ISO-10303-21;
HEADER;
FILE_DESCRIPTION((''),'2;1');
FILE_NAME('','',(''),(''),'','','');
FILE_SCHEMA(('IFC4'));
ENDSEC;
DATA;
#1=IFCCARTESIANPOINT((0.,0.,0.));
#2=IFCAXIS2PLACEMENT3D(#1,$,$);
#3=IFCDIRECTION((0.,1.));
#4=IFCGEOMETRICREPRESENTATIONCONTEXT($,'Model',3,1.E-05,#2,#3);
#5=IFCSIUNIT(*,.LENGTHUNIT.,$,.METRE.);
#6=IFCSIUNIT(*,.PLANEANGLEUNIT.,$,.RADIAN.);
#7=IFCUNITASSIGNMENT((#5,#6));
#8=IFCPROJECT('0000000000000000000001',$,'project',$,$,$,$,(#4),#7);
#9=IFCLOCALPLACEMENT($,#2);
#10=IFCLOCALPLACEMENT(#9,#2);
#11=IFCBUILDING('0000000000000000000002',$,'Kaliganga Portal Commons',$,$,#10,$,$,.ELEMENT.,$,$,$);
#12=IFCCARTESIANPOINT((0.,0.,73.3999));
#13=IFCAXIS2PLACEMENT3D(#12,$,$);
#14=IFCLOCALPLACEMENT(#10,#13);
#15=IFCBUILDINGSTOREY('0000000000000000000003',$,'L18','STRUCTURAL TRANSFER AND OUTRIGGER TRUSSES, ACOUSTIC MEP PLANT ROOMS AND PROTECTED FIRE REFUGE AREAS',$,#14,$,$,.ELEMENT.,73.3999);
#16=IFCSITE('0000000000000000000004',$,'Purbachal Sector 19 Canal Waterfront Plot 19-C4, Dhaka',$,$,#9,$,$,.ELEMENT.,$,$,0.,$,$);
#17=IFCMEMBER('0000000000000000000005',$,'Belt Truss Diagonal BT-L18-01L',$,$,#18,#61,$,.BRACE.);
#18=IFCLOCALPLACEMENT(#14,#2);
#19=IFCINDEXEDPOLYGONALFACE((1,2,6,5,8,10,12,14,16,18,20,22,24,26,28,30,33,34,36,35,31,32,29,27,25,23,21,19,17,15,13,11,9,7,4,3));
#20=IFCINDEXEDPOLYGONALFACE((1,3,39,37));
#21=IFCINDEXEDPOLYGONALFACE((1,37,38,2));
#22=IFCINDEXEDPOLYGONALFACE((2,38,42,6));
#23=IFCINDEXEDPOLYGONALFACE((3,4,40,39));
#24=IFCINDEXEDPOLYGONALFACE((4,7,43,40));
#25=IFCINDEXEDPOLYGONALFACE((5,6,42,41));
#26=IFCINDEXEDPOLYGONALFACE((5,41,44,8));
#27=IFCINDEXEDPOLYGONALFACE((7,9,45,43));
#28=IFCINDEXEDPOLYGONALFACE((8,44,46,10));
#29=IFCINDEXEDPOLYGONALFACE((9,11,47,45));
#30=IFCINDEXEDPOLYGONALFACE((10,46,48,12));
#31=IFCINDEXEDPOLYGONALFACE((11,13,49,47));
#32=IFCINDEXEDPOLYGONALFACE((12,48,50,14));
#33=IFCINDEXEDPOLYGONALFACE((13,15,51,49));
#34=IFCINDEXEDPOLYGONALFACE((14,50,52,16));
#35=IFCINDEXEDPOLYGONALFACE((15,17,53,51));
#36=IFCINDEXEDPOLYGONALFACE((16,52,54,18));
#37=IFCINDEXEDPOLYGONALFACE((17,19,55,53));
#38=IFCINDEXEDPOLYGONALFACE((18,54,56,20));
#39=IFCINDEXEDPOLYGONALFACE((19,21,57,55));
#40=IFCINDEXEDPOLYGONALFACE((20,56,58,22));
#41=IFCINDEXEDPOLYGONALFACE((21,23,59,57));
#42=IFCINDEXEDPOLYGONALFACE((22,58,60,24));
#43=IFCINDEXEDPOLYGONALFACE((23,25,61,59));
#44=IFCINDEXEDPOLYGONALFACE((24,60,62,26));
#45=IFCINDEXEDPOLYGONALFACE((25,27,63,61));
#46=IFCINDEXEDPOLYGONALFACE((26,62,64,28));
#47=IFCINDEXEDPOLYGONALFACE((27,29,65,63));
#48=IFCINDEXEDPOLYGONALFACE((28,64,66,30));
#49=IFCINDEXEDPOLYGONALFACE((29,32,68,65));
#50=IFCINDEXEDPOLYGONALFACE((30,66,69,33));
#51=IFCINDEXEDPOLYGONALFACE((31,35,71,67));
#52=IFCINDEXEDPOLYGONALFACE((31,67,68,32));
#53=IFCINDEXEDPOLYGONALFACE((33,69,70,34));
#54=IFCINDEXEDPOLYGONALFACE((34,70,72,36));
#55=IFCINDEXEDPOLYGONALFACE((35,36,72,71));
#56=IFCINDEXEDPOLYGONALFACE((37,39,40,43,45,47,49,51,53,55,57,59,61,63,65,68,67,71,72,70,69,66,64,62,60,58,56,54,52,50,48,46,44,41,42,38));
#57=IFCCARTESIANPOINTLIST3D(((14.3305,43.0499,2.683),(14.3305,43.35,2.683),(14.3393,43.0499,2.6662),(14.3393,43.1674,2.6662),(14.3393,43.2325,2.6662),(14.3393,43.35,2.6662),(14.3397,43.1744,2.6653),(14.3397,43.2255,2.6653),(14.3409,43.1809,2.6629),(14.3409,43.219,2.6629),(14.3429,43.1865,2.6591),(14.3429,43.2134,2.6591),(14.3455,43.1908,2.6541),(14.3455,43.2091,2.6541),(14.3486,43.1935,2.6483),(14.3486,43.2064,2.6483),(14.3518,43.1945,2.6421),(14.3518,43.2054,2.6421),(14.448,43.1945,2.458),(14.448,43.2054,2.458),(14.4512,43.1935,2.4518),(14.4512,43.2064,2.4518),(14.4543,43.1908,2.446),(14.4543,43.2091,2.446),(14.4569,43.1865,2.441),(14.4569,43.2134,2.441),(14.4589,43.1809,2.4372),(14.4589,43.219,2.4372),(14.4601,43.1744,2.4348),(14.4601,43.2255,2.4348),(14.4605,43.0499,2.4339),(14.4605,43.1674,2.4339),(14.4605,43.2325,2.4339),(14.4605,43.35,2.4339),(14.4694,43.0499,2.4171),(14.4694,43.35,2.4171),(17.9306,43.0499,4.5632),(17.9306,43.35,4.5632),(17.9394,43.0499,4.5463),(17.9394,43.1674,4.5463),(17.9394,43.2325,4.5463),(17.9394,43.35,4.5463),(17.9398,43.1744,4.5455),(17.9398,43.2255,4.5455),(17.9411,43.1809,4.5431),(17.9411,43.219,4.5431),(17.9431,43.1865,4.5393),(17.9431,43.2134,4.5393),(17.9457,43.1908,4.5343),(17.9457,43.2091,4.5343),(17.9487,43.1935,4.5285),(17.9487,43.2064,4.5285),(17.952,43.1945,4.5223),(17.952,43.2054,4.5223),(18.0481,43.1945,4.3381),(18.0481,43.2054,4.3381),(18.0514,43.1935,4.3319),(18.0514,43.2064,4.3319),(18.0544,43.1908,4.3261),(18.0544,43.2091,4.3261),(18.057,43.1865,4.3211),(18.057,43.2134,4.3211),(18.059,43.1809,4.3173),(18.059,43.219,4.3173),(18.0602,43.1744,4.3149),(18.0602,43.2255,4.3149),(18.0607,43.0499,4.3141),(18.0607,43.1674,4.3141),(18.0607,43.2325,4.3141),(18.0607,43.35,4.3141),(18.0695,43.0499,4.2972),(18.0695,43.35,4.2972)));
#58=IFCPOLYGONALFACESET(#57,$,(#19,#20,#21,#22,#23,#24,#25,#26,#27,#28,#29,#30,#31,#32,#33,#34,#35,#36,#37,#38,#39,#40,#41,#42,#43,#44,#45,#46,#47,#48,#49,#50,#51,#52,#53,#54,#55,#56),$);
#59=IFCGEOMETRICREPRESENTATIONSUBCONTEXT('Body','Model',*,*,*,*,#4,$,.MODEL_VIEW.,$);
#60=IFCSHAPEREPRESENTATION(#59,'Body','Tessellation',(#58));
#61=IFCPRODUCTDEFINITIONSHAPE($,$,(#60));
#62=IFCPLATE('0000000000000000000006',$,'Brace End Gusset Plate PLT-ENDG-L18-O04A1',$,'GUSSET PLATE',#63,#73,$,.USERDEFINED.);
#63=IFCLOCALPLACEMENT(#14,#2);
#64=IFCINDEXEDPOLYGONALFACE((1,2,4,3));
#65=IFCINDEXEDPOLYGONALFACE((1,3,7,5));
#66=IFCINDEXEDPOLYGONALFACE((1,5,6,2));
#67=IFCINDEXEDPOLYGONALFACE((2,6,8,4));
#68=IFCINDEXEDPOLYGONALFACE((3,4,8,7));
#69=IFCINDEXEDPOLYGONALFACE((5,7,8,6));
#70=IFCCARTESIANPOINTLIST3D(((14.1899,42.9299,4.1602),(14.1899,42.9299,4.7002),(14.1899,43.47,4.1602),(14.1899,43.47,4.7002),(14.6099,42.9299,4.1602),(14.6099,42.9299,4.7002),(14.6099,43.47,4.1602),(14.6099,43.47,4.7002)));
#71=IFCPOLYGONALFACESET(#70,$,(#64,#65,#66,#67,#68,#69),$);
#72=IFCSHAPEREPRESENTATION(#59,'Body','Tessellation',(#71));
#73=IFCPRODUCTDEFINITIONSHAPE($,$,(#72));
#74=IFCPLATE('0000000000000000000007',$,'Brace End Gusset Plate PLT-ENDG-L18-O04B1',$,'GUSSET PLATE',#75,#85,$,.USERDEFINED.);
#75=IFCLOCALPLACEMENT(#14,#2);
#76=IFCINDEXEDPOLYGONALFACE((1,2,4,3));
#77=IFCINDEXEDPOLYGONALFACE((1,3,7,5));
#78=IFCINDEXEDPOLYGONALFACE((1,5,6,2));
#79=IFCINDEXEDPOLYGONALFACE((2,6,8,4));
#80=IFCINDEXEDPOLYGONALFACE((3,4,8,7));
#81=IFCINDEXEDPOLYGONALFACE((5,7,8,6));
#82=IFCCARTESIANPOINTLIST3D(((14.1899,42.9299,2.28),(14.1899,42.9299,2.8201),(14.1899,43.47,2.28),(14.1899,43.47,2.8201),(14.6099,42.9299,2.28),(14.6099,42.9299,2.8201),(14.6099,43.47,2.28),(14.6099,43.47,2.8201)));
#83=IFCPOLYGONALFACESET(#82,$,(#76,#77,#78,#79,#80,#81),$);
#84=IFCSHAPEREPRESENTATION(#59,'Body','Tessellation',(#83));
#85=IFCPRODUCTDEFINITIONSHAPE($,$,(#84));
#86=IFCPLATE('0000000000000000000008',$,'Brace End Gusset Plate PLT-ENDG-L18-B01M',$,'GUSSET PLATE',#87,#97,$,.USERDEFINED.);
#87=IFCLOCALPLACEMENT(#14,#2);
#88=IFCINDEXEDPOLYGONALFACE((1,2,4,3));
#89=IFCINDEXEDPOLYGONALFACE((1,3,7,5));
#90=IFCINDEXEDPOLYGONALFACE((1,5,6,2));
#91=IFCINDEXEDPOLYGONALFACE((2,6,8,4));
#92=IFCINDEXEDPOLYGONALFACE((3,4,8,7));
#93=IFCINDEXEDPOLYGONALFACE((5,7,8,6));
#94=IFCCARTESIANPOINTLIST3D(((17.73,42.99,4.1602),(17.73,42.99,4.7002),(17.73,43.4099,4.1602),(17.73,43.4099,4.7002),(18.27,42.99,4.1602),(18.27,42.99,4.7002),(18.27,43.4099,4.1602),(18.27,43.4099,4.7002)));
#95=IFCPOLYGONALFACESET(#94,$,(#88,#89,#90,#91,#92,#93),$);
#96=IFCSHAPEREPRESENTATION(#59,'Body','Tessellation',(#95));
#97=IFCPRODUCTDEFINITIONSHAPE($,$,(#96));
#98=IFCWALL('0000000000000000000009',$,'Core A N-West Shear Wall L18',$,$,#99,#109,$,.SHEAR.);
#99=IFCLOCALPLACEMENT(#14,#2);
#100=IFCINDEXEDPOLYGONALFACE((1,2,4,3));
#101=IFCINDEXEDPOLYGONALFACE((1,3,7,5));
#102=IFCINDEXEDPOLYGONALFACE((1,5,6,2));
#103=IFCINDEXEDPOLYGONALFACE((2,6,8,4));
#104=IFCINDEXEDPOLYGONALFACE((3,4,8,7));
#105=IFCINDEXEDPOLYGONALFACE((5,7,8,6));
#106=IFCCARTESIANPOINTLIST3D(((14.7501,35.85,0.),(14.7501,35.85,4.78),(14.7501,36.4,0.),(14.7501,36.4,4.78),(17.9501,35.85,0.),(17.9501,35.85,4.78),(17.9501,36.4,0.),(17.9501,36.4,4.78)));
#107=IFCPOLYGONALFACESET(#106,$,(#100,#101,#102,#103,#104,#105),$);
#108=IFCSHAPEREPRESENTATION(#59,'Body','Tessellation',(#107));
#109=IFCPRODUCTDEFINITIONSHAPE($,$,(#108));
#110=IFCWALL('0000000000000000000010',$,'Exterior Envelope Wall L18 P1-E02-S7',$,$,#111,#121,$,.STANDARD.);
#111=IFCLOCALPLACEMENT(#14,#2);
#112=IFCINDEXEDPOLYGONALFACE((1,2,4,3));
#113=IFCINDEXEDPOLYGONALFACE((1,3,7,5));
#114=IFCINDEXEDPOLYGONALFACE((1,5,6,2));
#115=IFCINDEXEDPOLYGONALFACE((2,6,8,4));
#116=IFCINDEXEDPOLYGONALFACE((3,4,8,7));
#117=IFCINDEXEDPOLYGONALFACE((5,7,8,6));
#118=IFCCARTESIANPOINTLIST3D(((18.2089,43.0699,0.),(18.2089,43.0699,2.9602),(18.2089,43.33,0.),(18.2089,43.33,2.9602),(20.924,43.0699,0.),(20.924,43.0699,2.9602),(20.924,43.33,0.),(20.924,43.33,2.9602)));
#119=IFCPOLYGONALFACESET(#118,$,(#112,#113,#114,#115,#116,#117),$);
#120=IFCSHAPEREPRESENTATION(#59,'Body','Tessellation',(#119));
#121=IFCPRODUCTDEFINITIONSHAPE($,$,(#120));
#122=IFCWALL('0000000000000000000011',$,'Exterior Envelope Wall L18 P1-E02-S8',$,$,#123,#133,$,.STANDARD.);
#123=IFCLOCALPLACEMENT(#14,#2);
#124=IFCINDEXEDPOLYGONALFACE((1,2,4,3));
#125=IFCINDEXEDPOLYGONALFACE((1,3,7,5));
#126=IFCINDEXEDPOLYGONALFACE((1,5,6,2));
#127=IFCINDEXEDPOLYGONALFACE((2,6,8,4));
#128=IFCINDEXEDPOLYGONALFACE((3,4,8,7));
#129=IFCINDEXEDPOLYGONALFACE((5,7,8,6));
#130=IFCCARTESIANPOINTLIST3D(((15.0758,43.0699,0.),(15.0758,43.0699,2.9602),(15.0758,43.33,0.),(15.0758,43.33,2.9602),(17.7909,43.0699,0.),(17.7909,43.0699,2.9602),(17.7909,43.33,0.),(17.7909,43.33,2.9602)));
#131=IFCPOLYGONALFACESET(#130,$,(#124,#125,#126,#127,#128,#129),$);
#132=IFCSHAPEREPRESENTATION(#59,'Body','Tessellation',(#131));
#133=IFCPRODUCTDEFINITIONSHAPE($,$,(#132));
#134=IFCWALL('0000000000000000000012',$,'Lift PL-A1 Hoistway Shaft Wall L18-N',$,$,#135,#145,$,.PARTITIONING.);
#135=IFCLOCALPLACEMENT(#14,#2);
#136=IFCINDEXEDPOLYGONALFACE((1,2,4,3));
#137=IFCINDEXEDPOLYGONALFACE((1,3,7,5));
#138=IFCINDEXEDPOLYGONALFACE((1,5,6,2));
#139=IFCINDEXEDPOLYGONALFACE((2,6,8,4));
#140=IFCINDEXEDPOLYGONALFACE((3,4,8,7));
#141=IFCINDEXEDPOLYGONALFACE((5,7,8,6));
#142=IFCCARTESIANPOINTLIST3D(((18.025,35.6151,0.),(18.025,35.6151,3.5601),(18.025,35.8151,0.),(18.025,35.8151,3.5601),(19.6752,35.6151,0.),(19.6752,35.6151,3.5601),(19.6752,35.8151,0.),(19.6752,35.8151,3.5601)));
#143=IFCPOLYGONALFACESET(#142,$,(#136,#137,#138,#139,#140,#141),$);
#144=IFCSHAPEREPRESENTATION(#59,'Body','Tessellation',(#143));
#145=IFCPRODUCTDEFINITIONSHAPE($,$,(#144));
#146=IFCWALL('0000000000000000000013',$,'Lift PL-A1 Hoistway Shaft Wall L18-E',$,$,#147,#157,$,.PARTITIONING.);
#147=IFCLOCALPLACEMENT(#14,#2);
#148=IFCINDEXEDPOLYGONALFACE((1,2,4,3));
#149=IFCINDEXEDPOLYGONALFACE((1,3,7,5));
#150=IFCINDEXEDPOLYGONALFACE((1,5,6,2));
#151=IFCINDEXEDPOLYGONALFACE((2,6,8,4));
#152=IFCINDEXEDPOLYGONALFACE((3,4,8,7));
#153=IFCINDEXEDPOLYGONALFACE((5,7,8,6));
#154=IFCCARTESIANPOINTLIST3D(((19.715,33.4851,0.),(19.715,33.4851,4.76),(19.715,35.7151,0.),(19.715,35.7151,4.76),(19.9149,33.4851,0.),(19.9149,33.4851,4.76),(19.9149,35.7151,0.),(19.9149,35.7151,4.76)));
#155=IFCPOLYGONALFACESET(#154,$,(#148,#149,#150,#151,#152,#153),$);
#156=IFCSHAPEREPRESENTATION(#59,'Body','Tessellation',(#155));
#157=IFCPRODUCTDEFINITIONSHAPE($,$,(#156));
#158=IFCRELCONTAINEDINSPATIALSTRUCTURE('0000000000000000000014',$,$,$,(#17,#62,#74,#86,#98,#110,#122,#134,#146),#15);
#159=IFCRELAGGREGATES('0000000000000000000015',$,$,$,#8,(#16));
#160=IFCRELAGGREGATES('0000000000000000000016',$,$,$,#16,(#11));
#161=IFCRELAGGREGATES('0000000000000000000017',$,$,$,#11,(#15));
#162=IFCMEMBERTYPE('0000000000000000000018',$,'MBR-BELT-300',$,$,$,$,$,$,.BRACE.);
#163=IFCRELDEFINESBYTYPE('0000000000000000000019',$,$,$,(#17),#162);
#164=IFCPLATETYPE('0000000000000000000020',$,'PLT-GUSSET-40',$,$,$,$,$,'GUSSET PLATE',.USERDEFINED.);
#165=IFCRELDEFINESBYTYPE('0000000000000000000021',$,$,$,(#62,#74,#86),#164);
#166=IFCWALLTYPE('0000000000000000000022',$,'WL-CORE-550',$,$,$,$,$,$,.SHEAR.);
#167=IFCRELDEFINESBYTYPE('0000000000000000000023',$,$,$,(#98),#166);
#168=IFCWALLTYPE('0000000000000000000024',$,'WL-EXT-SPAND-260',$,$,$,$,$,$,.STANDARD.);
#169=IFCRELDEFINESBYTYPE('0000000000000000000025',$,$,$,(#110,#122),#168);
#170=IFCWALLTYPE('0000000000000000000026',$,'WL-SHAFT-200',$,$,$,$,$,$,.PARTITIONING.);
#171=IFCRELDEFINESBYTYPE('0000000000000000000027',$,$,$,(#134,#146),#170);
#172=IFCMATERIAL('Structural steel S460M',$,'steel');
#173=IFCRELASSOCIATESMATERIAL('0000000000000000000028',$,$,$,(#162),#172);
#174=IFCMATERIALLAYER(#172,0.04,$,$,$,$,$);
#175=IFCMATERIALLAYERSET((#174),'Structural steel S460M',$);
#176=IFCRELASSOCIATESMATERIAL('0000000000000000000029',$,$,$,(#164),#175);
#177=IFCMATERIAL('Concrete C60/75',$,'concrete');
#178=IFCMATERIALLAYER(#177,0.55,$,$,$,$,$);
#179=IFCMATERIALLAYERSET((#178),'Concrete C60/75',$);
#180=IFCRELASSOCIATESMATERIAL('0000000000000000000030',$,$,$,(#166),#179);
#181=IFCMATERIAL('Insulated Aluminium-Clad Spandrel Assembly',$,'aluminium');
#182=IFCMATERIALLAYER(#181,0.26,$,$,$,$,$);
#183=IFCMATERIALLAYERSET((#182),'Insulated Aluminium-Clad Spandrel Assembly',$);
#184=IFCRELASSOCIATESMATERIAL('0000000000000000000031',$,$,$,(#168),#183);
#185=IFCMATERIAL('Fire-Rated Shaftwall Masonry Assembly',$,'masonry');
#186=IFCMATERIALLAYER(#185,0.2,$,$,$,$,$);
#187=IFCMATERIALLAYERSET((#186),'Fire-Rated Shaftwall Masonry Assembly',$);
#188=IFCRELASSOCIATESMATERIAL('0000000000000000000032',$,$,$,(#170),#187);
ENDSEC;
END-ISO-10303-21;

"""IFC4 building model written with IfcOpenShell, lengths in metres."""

from ifc_helpers import new_model, si_unit, direction, frame, frame_2d, origin, origin_2d, place, context, subcontext, project, spatial, rectangle, i_section, extrude, source, transform, mapped, material, layer, layer_set, material_profile, profile_set, type_object, element, save


model = new_model("IFC4")

# Units and contexts
model_context = context("Model", 3, precision=1e-05, world=origin(), true_north=direction((0.0, 1.0)))
body_context = subcontext(model_context, "Body", "Model", "MODEL_VIEW")
ifc_project = project(units=[si_unit("LENGTHUNIT", "METRE"), si_unit("PLANEANGLEUNIT", "RADIAN")], contexts=[model_context])

# Site, building, storey
site_placement = place(None, origin())
site = spatial("IfcSite", under=ifc_project, at=site_placement, Name="Purbachal Sector 19 Canal Waterfront Plot 19-C4, Dhaka", CompositionType="ELEMENT", RefElevation=0.0)
building_placement = place(site_placement, origin())
building = spatial("IfcBuilding", under=site, at=building_placement, Name="Kaliganga Portal Commons", CompositionType="ELEMENT")
storey_placement = place(building_placement, frame((0.0, 0.0, 73.3999)))
storey = spatial("IfcBuildingStorey", under=building, at=storey_placement, Name="L18", Description="STRUCTURAL TRANSFER AND OUTRIGGER TRUSSES, ACOUSTIC MEP PLANT ROOMS AND PROTECTED FIRE REFUGE AREAS", CompositionType="ELEMENT", Elevation=73.3999)

# Shared definitions
ifc_material_1 = material(Name="Structural steel S460M", Category="steel")

# Shared definitions
ifc_material_2 = material(Name="Concrete C60/75", Category="concrete")

# Member
ifc_material_profile_1 = material_profile(ifc_material_1, i_section(OverallWidth=0.3, OverallDepth=0.3, WebThickness=0.011, FlangeThickness=0.019, FilletRadius=0.0271, at=origin_2d()), Name="HE 300 B")
ifc_profile_set_1 = profile_set([ifc_material_profile_1], Name="Structural steel S460M wide-flange")
member_type_1 = type_object("IfcMemberType", Name="MBR-BELT-300", PredefinedType="BRACE", material=ifc_profile_set_1)
shared_shape_1 = source(origin(), body_context, "Body", "SweptSolid", [
    extrude(i_section(OverallWidth=0.3, OverallDepth=0.3, WebThickness=0.011, FlangeThickness=0.019, FilletRadius=0.0271, at=origin_2d()), origin(), (0.0, 0.0, 1.0), 4.0615),
])
member_1_placement = place(storey_placement, frame((14.3999, 43.2, 2.55), z_axis=(0.886401, 0.0, 0.462917), x_axis=(0.0, 1.0, 0.0)))
element("IfcMember", 1, at=member_1_placement, inside=storey, type_object=member_type_1, Name="Belt Truss Diagonal BT-L18-01L", PredefinedType="BRACE", context=body_context, shape_type="MappedRepresentation", body=[
    mapped(shared_shape_1, transform((0.0, 0.0, 0.0), x_axis=(1.0, 0.0, 0.0), y_axis=(0.0, 1.0, 0.0), z_axis=(0.0, 0.0, 1.0), scale=1.0)),
])

# Plates
ifc_layer_1 = layer(ifc_material_1, 0.04)
ifc_layer_set_1 = layer_set([ifc_layer_1], Name="Structural steel S460M")
plate_type = type_object("IfcPlateType", Name="PLT-GUSSET-40", ElementType="GUSSET PLATE", PredefinedType="USERDEFINED", material=ifc_layer_set_1)
shared_shape_2 = source(origin(), body_context, "Body", "SweptSolid", [
    extrude(rectangle(XDim=0.54, YDim=0.4199, at=origin_2d()), origin(), (0.0, 0.0, 1.0), 0.54),
])
for number, where, z_axis, x_axis, name in (
    (2, (14.3999, 43.2, 4.1602), (0.0, 0.0, 1.0), (0.0, 1.0, 0.0), "Brace End Gusset Plate PLT-ENDG-L18-O04A1"),
    (3, (14.3999, 43.2, 2.28), (0.0, 0.0, 1.0), (0.0, 1.0, 0.0), "Brace End Gusset Plate PLT-ENDG-L18-O04B1"),
    (4, (18.0, 43.2, 4.1602), (0.0, 0.0, 1.0), (1.0, 0.0, 0.0), "Brace End Gusset Plate PLT-ENDG-L18-B01M"),
):
    element("IfcPlate", number, at=place(storey_placement, frame(where, z_axis=z_axis, x_axis=x_axis)), inside=storey, type_object=plate_type, Name=name, ObjectType="GUSSET PLATE", PredefinedType="USERDEFINED", context=body_context, shape_type="MappedRepresentation", body=[
        mapped(shared_shape_2, transform((0.0, 0.0, 0.0), x_axis=(1.0, 0.0, 0.0), y_axis=(0.0, 1.0, 0.0), z_axis=(0.0, 0.0, 1.0), scale=1.0)),
    ])

# Walls
ifc_layer_2 = layer(ifc_material_2, 0.55)
ifc_layer_set_2 = layer_set([ifc_layer_2], Name="Concrete C60/75")
wall_type_1 = type_object("IfcWallType", Name="WL-CORE-550", PredefinedType="SHEAR", material=ifc_layer_set_2)
wall_1_placement = place(storey_placement, frame((14.75, 36.125, 0.0), z_axis=(0.0, 0.0, 1.0), x_axis=(1.0, 0.0, 0.0)))
element("IfcWall", 5, at=wall_1_placement, inside=storey, type_object=wall_type_1, Name="Core A N-West Shear Wall L18", PredefinedType="SHEAR", context=body_context, shape_type="SweptSolid", body=[
    extrude(rectangle(XDim=3.2, YDim=0.55, at=frame_2d((1.6001, 0.0))), origin(), (0.0, 0.0, 1.0), 4.78),
])
ifc_material_3 = material(Name="Insulated Aluminium-Clad Spandrel Assembly", Category="aluminium")
ifc_layer_3 = layer(ifc_material_3, 0.26)
ifc_layer_set_3 = layer_set([ifc_layer_3], Name="Insulated Aluminium-Clad Spandrel Assembly")
wall_type_2 = type_object("IfcWallType", Name="WL-EXT-SPAND-260", PredefinedType="STANDARD", material=ifc_layer_set_3)
for number, where, z_axis, x_axis, name in (
    (6, (18.209, 43.2, 0.0), (0.0, 0.0, 1.0), (1.0, 0.0, 0.0), "Exterior Envelope Wall L18 P1-E02-S7"),
    (7, (15.0759, 43.2, 0.0), (0.0, 0.0, 1.0), (1.0, 0.0, 0.0), "Exterior Envelope Wall L18 P1-E02-S8"),
):
    element("IfcWall", number, at=place(storey_placement, frame(where, z_axis=z_axis, x_axis=x_axis)), inside=storey, type_object=wall_type_2, Name=name, PredefinedType="STANDARD", context=body_context, shape_type="SweptSolid", body=[
        extrude(rectangle(XDim=2.7151, YDim=0.26, at=frame_2d((1.3574, 0.0))), origin(), (0.0, 0.0, 1.0), 2.9602),
    ])

# Shared definitions
ifc_material_4 = material(Name="Fire-Rated Shaftwall Masonry Assembly", Category="masonry")
ifc_layer_4 = layer(ifc_material_4, 0.2)
ifc_layer_set_4 = layer_set([ifc_layer_4], Name="Fire-Rated Shaftwall Masonry Assembly")
wall_type_3 = type_object("IfcWallType", Name="WL-SHAFT-200", PredefinedType="PARTITIONING", material=ifc_layer_set_4)

# Walls
wall_2_placement = place(storey_placement, frame((18.0249, 35.7151, 0.0), z_axis=(0.0, 0.0, 1.0), x_axis=(1.0, 0.0, 0.0)))
element("IfcWall", 8, at=wall_2_placement, inside=storey, type_object=wall_type_3, Name="Lift PL-A1 Hoistway Shaft Wall L18-N", PredefinedType="PARTITIONING", context=body_context, shape_type="SweptSolid", body=[
    extrude(rectangle(XDim=1.6501, YDim=0.2, at=frame_2d((0.8252, 0.0))), origin(), (0.0, 0.0, 1.0), 3.5601),
])
wall_3_placement = place(storey_placement, frame((19.8149, 33.4851, 0.0), z_axis=(0.0, 0.0, 1.0), x_axis=(0.0, 1.0, 0.0)))
element("IfcWall", 9, at=wall_3_placement, inside=storey, type_object=wall_type_3, Name="Lift PL-A1 Hoistway Shaft Wall L18-E", PredefinedType="PARTITIONING", context=body_context, shape_type="SweptSolid", body=[
    extrude(rectangle(XDim=2.23, YDim=0.2, at=frame_2d((1.115, 0.0))), origin(), (0.0, 0.0, 1.0), 4.76),
])

save(model, "model.ifc")
